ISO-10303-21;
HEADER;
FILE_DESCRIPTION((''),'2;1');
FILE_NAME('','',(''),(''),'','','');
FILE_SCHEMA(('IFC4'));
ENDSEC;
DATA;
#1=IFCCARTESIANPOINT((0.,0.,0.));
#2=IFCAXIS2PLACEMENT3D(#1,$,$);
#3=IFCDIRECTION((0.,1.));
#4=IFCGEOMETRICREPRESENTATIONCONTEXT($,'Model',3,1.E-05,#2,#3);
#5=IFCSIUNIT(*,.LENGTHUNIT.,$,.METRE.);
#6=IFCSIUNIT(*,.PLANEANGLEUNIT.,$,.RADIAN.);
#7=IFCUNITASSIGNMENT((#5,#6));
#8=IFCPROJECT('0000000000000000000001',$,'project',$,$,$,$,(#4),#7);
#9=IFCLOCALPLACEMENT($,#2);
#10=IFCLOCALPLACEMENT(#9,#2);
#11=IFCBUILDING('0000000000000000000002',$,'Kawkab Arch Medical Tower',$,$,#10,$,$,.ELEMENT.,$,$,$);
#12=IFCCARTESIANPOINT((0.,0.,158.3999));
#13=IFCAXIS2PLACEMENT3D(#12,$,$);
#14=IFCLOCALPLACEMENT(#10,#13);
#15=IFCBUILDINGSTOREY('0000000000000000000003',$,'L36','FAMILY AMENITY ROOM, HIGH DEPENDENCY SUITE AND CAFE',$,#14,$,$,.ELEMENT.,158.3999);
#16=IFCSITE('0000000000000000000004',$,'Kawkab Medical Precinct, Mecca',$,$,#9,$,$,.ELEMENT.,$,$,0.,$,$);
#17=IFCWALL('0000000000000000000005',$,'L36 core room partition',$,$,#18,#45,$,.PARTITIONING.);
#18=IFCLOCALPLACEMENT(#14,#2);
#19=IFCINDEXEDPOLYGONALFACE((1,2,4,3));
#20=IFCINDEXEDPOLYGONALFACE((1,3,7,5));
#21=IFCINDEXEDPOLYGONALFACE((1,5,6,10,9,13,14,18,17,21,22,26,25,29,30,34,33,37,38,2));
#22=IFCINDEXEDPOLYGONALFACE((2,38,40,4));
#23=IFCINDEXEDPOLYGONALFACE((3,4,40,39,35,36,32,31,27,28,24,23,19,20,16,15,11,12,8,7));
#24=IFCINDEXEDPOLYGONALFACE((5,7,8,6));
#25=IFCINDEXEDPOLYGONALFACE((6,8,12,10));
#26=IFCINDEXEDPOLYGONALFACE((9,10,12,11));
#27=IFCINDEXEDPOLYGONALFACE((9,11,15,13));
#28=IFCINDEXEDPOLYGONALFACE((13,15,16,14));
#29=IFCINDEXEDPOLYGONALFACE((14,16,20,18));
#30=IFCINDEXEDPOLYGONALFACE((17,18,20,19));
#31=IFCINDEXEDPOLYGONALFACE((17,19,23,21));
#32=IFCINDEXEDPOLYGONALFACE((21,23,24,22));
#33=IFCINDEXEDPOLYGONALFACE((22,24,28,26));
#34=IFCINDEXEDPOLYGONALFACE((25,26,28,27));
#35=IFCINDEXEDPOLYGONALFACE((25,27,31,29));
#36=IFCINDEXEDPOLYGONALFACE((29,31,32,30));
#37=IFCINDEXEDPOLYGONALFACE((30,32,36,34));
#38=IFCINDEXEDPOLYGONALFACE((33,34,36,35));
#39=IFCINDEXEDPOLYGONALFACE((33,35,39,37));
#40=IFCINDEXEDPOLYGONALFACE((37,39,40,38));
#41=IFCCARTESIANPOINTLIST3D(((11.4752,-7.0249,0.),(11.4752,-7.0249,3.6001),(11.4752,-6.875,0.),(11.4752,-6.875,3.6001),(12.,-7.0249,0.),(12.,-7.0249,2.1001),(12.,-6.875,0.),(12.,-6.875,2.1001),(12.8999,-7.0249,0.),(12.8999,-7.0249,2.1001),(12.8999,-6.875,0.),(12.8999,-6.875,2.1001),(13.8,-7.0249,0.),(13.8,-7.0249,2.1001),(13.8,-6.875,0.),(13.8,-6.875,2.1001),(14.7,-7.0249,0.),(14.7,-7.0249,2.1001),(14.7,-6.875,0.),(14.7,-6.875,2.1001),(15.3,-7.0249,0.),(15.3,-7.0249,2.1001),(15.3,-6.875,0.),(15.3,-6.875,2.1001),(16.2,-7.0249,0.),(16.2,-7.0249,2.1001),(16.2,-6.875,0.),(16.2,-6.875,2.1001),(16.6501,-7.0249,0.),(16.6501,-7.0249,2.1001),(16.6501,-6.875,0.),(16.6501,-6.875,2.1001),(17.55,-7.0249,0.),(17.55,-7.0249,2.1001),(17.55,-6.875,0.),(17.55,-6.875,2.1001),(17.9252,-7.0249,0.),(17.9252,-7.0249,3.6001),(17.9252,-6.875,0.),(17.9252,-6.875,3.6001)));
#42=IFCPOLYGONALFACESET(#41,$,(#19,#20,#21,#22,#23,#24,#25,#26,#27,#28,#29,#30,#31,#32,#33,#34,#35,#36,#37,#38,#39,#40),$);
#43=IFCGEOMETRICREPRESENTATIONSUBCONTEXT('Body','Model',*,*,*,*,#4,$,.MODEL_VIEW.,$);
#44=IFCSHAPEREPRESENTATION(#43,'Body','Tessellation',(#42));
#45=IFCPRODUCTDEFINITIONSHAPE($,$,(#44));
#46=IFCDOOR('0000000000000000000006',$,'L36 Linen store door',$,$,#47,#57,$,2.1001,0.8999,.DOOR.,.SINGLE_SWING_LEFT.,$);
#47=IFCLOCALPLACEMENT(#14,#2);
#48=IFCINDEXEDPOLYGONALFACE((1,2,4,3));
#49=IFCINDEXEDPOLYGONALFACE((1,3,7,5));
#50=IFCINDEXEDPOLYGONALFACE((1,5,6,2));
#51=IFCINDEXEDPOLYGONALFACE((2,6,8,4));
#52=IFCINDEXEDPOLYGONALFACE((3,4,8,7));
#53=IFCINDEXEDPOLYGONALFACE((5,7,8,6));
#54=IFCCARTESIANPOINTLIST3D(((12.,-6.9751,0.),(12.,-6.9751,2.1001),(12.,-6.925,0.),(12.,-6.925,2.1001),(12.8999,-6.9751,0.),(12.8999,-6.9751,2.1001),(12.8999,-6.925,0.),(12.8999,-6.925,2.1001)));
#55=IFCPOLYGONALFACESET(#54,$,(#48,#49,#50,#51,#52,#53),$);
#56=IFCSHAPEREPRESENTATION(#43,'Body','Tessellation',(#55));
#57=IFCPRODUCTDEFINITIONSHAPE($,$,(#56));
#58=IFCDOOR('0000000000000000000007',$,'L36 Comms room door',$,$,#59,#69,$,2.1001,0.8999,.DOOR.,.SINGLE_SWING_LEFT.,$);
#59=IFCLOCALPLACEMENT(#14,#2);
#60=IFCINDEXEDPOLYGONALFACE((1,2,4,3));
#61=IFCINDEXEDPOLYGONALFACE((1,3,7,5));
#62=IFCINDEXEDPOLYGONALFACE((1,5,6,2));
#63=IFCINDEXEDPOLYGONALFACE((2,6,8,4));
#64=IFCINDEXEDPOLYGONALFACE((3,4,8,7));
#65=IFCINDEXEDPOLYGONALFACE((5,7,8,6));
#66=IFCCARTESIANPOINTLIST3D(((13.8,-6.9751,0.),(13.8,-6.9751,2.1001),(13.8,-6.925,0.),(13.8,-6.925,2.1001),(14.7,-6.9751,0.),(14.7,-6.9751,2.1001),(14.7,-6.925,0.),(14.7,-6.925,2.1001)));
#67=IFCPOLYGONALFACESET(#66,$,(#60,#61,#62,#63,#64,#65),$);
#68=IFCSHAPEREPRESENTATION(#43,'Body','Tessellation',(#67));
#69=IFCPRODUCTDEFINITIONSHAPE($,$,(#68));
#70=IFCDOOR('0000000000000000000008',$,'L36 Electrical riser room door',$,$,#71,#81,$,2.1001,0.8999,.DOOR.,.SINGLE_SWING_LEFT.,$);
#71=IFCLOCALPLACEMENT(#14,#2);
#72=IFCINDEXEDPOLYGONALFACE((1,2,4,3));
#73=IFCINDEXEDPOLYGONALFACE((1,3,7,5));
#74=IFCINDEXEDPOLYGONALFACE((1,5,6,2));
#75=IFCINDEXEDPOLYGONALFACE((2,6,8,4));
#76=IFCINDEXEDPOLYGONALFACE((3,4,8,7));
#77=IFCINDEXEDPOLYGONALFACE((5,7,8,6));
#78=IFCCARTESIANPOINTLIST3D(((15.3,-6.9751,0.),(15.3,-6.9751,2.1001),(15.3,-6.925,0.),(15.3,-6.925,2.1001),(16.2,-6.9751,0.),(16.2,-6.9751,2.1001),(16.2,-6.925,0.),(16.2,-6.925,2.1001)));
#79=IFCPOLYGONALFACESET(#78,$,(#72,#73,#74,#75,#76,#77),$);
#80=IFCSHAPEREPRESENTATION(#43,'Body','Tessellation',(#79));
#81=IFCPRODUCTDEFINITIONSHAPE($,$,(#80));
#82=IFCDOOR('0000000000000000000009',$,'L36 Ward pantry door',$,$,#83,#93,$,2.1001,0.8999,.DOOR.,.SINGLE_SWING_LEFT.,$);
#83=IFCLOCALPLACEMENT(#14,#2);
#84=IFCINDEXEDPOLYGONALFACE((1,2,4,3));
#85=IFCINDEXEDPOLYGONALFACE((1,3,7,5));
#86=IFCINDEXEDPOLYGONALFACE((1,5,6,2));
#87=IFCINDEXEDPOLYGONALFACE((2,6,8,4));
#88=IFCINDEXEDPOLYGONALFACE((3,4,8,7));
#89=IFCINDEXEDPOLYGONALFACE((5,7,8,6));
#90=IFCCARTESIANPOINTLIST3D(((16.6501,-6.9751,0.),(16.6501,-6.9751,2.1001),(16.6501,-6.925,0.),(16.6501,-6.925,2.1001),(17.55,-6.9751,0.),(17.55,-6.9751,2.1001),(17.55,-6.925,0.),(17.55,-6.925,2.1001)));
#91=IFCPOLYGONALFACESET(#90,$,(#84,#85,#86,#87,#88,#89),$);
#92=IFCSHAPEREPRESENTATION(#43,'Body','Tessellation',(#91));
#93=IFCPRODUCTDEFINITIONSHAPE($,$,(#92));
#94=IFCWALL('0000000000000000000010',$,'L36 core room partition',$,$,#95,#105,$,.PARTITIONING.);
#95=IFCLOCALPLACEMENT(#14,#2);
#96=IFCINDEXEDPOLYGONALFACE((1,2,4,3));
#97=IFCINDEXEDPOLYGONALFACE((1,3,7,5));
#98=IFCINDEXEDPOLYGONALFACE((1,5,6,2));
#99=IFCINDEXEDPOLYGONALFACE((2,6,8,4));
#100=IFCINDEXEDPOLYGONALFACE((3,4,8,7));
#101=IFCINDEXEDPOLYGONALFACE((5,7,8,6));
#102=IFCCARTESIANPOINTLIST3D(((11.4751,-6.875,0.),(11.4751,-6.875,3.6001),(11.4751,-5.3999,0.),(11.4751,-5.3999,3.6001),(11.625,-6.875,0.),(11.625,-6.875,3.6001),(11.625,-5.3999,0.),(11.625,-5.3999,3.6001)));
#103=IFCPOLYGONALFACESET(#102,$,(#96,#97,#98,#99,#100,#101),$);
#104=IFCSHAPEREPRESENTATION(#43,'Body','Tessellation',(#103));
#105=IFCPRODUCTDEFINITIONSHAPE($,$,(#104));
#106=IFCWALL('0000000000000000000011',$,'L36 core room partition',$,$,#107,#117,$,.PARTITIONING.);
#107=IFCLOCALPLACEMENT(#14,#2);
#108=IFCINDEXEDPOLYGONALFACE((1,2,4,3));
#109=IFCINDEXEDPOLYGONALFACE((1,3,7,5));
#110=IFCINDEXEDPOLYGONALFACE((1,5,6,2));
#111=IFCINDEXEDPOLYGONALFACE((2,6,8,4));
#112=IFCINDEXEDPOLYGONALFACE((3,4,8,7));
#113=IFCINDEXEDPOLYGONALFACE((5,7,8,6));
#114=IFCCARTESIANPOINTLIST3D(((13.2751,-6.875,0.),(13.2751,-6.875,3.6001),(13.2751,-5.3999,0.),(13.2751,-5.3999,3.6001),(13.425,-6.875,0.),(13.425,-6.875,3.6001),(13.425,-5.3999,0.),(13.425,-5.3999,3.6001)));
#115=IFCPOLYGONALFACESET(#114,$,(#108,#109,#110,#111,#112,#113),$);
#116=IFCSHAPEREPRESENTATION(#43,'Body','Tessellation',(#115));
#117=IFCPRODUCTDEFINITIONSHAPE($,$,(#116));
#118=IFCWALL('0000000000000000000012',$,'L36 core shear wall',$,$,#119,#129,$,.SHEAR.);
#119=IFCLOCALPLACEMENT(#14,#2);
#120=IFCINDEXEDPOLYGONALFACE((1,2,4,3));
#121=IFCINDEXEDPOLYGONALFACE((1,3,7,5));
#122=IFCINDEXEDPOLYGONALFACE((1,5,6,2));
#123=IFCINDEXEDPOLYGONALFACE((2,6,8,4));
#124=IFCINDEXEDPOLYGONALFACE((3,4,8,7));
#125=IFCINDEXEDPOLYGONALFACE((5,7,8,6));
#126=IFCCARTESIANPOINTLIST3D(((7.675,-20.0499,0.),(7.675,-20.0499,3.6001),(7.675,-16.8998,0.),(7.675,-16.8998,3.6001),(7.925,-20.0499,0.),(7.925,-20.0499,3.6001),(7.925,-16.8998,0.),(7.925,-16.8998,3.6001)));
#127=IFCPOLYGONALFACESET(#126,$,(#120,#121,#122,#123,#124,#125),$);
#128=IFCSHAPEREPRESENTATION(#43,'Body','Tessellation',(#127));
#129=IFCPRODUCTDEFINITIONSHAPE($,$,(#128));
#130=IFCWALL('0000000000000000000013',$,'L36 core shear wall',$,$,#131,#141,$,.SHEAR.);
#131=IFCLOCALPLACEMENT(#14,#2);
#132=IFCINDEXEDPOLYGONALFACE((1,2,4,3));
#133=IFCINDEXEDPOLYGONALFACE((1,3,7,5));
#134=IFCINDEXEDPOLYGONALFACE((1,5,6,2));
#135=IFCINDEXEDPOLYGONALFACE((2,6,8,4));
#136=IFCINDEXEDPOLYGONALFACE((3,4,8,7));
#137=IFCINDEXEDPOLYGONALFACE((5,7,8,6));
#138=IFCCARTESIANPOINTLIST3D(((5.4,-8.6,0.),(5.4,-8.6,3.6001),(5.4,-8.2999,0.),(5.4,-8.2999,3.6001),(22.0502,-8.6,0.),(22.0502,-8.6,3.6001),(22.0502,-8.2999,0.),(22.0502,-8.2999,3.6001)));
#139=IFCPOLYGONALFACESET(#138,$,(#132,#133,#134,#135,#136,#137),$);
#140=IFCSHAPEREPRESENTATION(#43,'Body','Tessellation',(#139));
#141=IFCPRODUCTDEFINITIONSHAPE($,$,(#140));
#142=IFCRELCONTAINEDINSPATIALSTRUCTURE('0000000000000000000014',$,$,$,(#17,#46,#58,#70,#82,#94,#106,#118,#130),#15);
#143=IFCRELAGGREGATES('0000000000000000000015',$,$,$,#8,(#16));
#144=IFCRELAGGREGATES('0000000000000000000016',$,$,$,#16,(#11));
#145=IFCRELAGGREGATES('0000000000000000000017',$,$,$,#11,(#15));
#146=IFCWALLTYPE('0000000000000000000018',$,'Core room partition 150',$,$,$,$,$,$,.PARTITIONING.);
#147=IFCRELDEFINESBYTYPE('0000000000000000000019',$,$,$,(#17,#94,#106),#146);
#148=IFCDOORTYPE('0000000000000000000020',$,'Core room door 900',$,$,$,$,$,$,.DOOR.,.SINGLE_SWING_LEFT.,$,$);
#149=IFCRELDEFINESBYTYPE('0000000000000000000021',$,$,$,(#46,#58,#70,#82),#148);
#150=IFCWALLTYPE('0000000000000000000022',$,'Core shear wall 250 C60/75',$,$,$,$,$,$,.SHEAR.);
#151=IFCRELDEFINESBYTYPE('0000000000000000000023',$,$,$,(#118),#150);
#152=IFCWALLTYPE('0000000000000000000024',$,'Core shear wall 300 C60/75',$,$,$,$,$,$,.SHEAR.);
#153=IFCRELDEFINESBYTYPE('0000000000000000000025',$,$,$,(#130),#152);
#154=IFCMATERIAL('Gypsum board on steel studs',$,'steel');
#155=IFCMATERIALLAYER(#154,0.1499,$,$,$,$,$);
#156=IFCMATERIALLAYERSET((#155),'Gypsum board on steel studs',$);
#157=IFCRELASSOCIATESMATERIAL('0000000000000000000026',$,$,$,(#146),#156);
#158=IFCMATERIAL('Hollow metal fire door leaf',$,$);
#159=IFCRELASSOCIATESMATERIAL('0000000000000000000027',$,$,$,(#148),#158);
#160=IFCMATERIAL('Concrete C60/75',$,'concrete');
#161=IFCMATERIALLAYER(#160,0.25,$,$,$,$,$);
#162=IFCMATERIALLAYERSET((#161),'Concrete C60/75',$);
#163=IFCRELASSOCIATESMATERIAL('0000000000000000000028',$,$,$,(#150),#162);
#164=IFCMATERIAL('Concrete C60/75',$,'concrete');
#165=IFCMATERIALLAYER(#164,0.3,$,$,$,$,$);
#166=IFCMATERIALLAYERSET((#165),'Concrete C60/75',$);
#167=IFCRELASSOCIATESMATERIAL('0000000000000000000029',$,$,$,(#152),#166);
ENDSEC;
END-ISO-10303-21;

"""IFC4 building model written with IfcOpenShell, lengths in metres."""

from ifc_helpers import new_model, si_unit, direction, frame, frame_2d, origin, place, context, subcontext, project, spatial, rectangle, extrude, material, layer, layer_set, type_object, element, fill, save


model = new_model("IFC4")

# Units and contexts
model_context = context("Model", 3, precision=1e-05, world=origin(), true_north=direction((0.0, 1.0)))
body_context = subcontext(model_context, "Body", "Model", "MODEL_VIEW")
ifc_project = project(units=[si_unit("LENGTHUNIT", "METRE"), si_unit("PLANEANGLEUNIT", "RADIAN")], contexts=[model_context])

# Site, building, storey
site_placement = place(None, origin())
site = spatial("IfcSite", under=ifc_project, at=site_placement, Name="Kawkab Medical Precinct, Mecca", CompositionType="ELEMENT", RefElevation=0.0)
building_placement = place(site_placement, origin())
building = spatial("IfcBuilding", under=site, at=building_placement, Name="Kawkab Arch Medical Tower", CompositionType="ELEMENT")
storey_placement = place(building_placement, frame((0.0, 0.0, 158.3999)))
storey = spatial("IfcBuildingStorey", under=building, at=storey_placement, Name="L36", Description="FAMILY AMENITY ROOM, HIGH DEPENDENCY SUITE AND CAFE", CompositionType="ELEMENT", Elevation=158.3999)

# Wall, openings, doors
ifc_material_1 = material(Name="Gypsum board on steel studs", Category="steel")
ifc_layer_1 = layer(ifc_material_1, 0.1499)
ifc_layer_set_1 = layer_set([ifc_layer_1], Name="Gypsum board on steel studs")
wall_type_1 = type_object("IfcWallType", Name="Core room partition 150", PredefinedType="PARTITIONING", material=ifc_layer_set_1)
wall_1_placement = place(storey_placement, frame((11.4751, -6.95, 0.0), z_axis=(0.0, 0.0, 1.0), x_axis=(1.0, 0.0, 0.0)))
wall_1 = element("IfcWall", 1, at=wall_1_placement, inside=storey, type_object=wall_type_1, Name="L36 core room partition", PredefinedType="PARTITIONING", context=body_context, shape_type="SweptSolid", body=[
    extrude(rectangle(XDim=6.45, YDim=0.1499, at=frame_2d((3.2251, 0.0))), origin(), (0.0, 0.0, 1.0), 3.6001),
])
opening_1_placement = place(wall_1_placement, frame((0.5249, 0.0, 0.0)))
opening_1 = element("IfcOpeningElement", 2, at=opening_1_placement, cuts=wall_1, PredefinedType="OPENING", context=body_context, shape_type="SweptSolid", body=[
    extrude(rectangle(XDim=0.8999, YDim=2.1001, at=frame_2d((0.45, 1.05))), frame((0.0, 0.085, 0.0), z_axis=(0.0, -1.0, 0.0), x_axis=(1.0, 0.0, 0.0)), (0.0, 0.0, 1.0), 0.1699),
])
opening_2_placement = place(wall_1_placement, frame((2.325, 0.0, 0.0)))
opening_2 = element("IfcOpeningElement", 3, at=opening_2_placement, cuts=wall_1, PredefinedType="OPENING", context=body_context, shape_type="SweptSolid", body=[
    extrude(rectangle(XDim=0.8999, YDim=2.1001, at=frame_2d((0.45, 1.05))), frame((0.0, 0.085, 0.0), z_axis=(0.0, -1.0, 0.0), x_axis=(1.0, 0.0, 0.0)), (0.0, 0.0, 1.0), 0.1699),
])
opening_3_placement = place(wall_1_placement, frame((3.825, 0.0, 0.0)))
opening_3 = element("IfcOpeningElement", 4, at=opening_3_placement, cuts=wall_1, PredefinedType="OPENING", context=body_context, shape_type="SweptSolid", body=[
    extrude(rectangle(XDim=0.8999, YDim=2.1001, at=frame_2d((0.45, 1.05))), frame((0.0, 0.085, 0.0), z_axis=(0.0, -1.0, 0.0), x_axis=(1.0, 0.0, 0.0)), (0.0, 0.0, 1.0), 0.1699),
])
opening_4_placement = place(wall_1_placement, frame((5.175, 0.0, 0.0)))
opening_4 = element("IfcOpeningElement", 5, at=opening_4_placement, cuts=wall_1, PredefinedType="OPENING", context=body_context, shape_type="SweptSolid", body=[
    extrude(rectangle(XDim=0.8999, YDim=2.1001, at=frame_2d((0.45, 1.05))), frame((0.0, 0.085, 0.0), z_axis=(0.0, -1.0, 0.0), x_axis=(1.0, 0.0, 0.0)), (0.0, 0.0, 1.0), 0.1699),
])
ifc_material_2 = material(Name="Hollow metal fire door leaf")
door_type_1 = type_object("IfcDoorType", Name="Core room door 900", OperationType="SINGLE_SWING_LEFT", PredefinedType="DOOR", material=ifc_material_2)
door_1_placement = place(opening_1_placement, origin())
door_1 = element("IfcDoor", 6, at=door_1_placement, inside=storey, type_object=door_type_1, Name="L36 Linen store door", OperationType="SINGLE_SWING_LEFT", OverallHeight=2.1001, OverallWidth=0.8999, PredefinedType="DOOR", context=body_context, shape_type="SweptSolid", body=[
    extrude(rectangle(XDim=0.8999, YDim=2.1001, at=frame_2d((0.45, 1.05))), frame((0.0, 0.0249, 0.0), z_axis=(0.0, -1.0, 0.0), x_axis=(1.0, 0.0, 0.0)), (0.0, 0.0, 1.0), 0.05),
])
fill(opening_1, door_1)
door_2_placement = place(opening_2_placement, origin())
door_2 = element("IfcDoor", 7, at=door_2_placement, inside=storey, type_object=door_type_1, Name="L36 Comms room door", OperationType="SINGLE_SWING_LEFT", OverallHeight=2.1001, OverallWidth=0.8999, PredefinedType="DOOR", context=body_context, shape_type="SweptSolid", body=[
    extrude(rectangle(XDim=0.8999, YDim=2.1001, at=frame_2d((0.45, 1.05))), frame((0.0, 0.0249, 0.0), z_axis=(0.0, -1.0, 0.0), x_axis=(1.0, 0.0, 0.0)), (0.0, 0.0, 1.0), 0.05),
])
fill(opening_2, door_2)
door_3_placement = place(opening_3_placement, origin())
door_3 = element("IfcDoor", 8, at=door_3_placement, inside=storey, type_object=door_type_1, Name="L36 Electrical riser room door", OperationType="SINGLE_SWING_LEFT", OverallHeight=2.1001, OverallWidth=0.8999, PredefinedType="DOOR", context=body_context, shape_type="SweptSolid", body=[
    extrude(rectangle(XDim=0.8999, YDim=2.1001, at=frame_2d((0.45, 1.05))), frame((0.0, 0.0249, 0.0), z_axis=(0.0, -1.0, 0.0), x_axis=(1.0, 0.0, 0.0)), (0.0, 0.0, 1.0), 0.05),
])
fill(opening_3, door_3)
door_4_placement = place(opening_4_placement, origin())
door_4 = element("IfcDoor", 9, at=door_4_placement, inside=storey, type_object=door_type_1, Name="L36 Ward pantry door", OperationType="SINGLE_SWING_LEFT", OverallHeight=2.1001, OverallWidth=0.8999, PredefinedType="DOOR", context=body_context, shape_type="SweptSolid", body=[
    extrude(rectangle(XDim=0.8999, YDim=2.1001, at=frame_2d((0.45, 1.05))), frame((0.0, 0.0249, 0.0), z_axis=(0.0, -1.0, 0.0), x_axis=(1.0, 0.0, 0.0)), (0.0, 0.0, 1.0), 0.05),
])
fill(opening_4, door_4)

# Walls
for number, where, z_axis, x_axis, name in (
    (10, (11.55, -6.875, 0.0), (0.0, 0.0, 1.0), (0.0, 1.0, 0.0), "L36 core room partition"),
    (11, (13.3501, -6.875, 0.0), (0.0, 0.0, 1.0), (0.0, 1.0, 0.0), "L36 core room partition"),
):
    element("IfcWall", number, at=place(storey_placement, frame(where, z_axis=z_axis, x_axis=x_axis)), inside=storey, type_object=wall_type_1, Name=name, PredefinedType="PARTITIONING", context=body_context, shape_type="SweptSolid", body=[
        extrude(rectangle(XDim=1.4751, YDim=0.1499, at=frame_2d((0.7375, 0.0))), origin(), (0.0, 0.0, 1.0), 3.6001),
    ])
ifc_material_3 = material(Name="Concrete C60/75", Category="concrete")
ifc_layer_2 = layer(ifc_material_3, 0.25)
ifc_layer_set_2 = layer_set([ifc_layer_2], Name="Concrete C60/75")
wall_type_2 = type_object("IfcWallType", Name="Core shear wall 250 C60/75", PredefinedType="SHEAR", material=ifc_layer_set_2)
wall_2_placement = place(storey_placement, frame((7.8, -20.05, 0.0), z_axis=(0.0, 0.0, 1.0), x_axis=(0.0, 1.0, 0.0)))
element("IfcWall", 12, at=wall_2_placement, inside=storey, type_object=wall_type_2, Name="L36 core shear wall", PredefinedType="SHEAR", context=body_context, shape_type="SweptSolid", body=[
    extrude(rectangle(XDim=3.1501, YDim=0.25, at=frame_2d((1.5752, 0.0))), origin(), (0.0, 0.0, 1.0), 3.6001),
])
ifc_material_4 = material(Name="Concrete C60/75", Category="concrete")
ifc_layer_3 = layer(ifc_material_4, 0.3)
ifc_layer_set_3 = layer_set([ifc_layer_3], Name="Concrete C60/75")
wall_type_3 = type_object("IfcWallType", Name="Core shear wall 300 C60/75", PredefinedType="SHEAR", material=ifc_layer_set_3)
wall_3_placement = place(storey_placement, frame((5.3999, -8.45, 0.0), z_axis=(0.0, 0.0, 1.0), x_axis=(1.0, 0.0, 0.0)))
element("IfcWall", 13, at=wall_3_placement, inside=storey, type_object=wall_type_3, Name="L36 core shear wall", PredefinedType="SHEAR", context=body_context, shape_type="SweptSolid", body=[
    extrude(rectangle(XDim=16.6501, YDim=0.3, at=frame_2d((8.3252, 0.0))), origin(), (0.0, 0.0, 1.0), 3.6001),
])

save(model, "model.ifc")
